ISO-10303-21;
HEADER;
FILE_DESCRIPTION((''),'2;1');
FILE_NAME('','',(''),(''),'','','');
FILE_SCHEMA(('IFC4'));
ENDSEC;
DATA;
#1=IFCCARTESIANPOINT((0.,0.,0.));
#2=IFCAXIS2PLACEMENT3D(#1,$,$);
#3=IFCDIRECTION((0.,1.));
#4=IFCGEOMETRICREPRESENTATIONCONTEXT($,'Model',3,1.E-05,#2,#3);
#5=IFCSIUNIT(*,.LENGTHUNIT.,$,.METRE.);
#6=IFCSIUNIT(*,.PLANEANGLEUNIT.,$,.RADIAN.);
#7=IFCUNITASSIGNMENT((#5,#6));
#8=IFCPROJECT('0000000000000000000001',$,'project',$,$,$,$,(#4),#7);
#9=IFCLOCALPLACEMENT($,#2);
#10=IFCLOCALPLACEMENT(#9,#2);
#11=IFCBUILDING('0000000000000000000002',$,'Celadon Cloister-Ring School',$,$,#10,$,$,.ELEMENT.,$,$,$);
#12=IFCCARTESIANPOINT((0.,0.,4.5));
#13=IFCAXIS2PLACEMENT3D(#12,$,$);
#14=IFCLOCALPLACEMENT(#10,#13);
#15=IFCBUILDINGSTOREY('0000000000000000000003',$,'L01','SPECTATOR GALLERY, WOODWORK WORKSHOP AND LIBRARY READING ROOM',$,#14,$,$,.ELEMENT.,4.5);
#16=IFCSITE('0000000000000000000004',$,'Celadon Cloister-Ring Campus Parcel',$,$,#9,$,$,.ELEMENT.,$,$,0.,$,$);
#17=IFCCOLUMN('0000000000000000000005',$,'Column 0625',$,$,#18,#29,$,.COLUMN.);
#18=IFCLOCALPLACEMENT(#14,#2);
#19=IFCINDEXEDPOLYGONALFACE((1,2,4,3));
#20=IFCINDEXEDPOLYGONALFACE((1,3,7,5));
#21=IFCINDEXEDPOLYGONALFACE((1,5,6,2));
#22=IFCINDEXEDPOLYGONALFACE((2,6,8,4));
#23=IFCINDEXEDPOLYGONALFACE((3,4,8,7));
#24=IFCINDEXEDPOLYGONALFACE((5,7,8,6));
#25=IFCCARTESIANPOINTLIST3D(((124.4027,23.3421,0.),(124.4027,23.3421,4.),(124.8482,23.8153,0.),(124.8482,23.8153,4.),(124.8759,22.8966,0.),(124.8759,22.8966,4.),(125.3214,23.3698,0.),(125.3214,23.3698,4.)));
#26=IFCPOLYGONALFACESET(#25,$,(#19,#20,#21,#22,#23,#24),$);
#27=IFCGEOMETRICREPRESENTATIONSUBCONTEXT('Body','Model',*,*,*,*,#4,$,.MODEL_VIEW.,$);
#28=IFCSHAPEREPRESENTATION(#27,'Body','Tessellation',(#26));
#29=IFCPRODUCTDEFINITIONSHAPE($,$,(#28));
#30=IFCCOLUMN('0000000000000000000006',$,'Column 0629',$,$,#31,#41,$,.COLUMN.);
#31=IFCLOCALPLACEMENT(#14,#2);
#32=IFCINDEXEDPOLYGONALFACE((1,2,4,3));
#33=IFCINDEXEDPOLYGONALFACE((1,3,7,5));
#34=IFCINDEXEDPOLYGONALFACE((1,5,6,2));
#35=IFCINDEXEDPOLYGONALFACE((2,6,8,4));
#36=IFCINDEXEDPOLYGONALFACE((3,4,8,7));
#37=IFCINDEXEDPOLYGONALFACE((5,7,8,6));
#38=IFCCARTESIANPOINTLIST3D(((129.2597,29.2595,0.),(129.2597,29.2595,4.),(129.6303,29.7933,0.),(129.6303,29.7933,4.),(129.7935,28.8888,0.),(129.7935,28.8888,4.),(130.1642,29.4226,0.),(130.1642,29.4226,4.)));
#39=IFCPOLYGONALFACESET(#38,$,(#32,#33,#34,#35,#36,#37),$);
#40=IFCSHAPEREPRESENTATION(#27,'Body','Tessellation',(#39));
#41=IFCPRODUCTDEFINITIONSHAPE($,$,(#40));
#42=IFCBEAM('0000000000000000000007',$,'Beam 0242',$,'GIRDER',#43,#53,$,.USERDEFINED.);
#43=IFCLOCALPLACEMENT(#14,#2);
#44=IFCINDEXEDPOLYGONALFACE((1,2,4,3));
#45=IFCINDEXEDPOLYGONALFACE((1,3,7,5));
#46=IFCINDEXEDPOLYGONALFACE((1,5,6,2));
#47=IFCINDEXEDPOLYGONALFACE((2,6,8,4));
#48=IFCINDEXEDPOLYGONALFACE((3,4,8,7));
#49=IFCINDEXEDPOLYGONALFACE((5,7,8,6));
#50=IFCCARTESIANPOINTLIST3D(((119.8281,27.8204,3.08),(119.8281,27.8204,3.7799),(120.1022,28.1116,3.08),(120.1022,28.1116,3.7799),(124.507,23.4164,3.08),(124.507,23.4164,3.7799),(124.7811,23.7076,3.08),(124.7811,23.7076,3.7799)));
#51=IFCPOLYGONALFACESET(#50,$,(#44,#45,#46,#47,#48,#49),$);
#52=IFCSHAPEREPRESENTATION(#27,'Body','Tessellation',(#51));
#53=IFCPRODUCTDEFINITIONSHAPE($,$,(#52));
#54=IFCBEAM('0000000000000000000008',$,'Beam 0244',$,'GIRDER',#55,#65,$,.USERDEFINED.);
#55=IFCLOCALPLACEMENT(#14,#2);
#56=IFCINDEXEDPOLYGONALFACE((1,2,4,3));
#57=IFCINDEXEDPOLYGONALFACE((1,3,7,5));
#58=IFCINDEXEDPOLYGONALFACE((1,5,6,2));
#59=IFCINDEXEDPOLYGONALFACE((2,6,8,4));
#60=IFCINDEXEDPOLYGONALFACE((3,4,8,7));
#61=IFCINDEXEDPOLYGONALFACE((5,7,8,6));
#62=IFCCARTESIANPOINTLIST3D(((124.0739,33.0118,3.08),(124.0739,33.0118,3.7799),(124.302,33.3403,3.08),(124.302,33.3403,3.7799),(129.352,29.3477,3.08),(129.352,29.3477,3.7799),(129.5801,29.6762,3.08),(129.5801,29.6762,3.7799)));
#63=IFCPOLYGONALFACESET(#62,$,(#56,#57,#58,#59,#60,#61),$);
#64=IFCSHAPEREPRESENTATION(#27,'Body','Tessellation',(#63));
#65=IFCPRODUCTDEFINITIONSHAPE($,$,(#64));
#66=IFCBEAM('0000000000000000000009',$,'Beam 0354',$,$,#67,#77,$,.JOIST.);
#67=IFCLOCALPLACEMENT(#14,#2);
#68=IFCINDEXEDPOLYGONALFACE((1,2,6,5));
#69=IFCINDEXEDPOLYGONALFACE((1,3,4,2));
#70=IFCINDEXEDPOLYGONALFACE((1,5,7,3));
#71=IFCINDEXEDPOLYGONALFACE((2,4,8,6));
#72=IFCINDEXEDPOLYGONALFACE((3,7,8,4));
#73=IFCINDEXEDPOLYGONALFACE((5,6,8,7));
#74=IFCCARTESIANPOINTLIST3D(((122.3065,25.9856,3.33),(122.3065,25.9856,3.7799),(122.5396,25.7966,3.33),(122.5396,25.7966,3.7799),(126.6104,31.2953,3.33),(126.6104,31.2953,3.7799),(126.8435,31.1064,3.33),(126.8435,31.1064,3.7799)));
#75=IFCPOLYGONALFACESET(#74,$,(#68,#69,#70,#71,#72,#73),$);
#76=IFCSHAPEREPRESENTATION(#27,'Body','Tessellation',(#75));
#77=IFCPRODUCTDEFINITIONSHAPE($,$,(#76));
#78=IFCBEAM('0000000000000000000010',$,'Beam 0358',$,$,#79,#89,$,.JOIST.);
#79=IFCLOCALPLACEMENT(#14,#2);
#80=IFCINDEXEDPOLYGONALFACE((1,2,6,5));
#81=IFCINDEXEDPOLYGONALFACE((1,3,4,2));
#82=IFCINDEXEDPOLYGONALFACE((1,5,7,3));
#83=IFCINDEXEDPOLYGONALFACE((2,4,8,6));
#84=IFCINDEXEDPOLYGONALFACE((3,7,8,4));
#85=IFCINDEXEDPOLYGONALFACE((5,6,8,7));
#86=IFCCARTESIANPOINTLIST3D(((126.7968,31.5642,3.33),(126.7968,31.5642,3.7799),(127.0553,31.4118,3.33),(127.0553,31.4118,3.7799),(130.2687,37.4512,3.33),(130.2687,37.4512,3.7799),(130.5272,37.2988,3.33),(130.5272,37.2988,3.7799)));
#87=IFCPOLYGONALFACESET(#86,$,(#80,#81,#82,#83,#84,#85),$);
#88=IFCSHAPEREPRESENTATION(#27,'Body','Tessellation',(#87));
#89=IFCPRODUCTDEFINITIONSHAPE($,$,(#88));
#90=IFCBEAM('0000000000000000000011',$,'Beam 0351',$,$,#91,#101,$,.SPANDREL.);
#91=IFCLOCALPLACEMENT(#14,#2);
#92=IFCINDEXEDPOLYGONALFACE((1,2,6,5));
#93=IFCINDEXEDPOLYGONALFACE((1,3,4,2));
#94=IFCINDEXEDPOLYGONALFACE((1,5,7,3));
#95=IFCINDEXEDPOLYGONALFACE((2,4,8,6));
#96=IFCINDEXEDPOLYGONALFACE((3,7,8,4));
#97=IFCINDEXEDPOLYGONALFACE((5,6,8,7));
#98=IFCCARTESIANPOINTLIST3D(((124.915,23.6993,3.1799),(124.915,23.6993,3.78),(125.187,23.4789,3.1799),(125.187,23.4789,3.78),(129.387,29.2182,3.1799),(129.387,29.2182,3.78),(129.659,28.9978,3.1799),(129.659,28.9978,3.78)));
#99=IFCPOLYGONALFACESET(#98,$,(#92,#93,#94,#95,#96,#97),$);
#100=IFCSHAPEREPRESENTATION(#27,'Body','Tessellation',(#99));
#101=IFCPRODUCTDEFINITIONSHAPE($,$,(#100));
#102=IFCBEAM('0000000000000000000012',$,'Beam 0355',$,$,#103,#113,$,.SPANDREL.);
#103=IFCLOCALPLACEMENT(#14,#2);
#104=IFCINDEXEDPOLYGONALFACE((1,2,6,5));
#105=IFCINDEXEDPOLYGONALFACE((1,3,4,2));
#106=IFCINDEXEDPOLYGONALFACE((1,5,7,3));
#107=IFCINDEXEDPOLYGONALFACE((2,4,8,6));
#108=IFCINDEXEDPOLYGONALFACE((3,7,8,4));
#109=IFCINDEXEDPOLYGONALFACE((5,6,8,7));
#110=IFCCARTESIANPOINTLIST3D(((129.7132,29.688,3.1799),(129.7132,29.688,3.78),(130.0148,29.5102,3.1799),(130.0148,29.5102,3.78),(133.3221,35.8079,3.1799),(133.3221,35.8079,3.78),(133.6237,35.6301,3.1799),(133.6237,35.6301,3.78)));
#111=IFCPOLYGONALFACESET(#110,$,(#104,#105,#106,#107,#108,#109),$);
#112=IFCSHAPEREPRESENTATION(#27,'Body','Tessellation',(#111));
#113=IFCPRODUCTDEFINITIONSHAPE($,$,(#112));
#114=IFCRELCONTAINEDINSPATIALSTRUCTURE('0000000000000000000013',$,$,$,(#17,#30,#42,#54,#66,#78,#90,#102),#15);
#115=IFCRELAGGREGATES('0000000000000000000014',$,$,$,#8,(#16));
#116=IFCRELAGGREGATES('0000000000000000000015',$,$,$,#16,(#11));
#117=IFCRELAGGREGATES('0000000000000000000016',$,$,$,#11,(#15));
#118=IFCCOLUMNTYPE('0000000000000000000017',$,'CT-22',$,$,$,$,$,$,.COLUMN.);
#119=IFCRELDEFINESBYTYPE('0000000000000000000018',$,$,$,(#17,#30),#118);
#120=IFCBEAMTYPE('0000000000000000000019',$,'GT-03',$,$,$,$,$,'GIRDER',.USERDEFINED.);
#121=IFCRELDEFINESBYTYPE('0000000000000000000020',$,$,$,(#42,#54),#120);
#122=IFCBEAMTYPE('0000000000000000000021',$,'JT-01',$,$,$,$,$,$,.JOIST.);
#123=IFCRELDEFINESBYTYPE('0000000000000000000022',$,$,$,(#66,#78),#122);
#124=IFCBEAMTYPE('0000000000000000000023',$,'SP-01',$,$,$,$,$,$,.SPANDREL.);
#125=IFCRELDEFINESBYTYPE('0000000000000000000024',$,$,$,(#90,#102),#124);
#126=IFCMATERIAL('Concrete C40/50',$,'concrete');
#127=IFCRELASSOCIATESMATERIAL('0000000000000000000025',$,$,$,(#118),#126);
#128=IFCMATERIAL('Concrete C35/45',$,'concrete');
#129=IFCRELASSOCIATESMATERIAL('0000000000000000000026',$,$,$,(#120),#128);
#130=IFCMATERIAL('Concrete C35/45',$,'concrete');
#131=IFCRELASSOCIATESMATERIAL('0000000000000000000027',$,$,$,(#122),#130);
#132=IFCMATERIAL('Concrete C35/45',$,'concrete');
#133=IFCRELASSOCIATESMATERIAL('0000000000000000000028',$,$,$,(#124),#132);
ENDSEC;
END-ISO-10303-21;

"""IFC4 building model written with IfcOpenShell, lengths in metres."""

from ifc_helpers import new_model, si_unit, direction, frame, origin, origin_2d, place, context, subcontext, project, spatial, rectangle, extrude, material, material_profile, profile_set, type_object, element, save


model = new_model("IFC4")

# Units and contexts
model_context = context("Model", 3, precision=1e-05, world=origin(), true_north=direction((0.0, 1.0)))
body_context = subcontext(model_context, "Body", "Model", "MODEL_VIEW")
ifc_project = project(units=[si_unit("LENGTHUNIT", "METRE"), si_unit("PLANEANGLEUNIT", "RADIAN")], contexts=[model_context])

# Site, building, storey
site_placement = place(None, origin())
site = spatial("IfcSite", under=ifc_project, at=site_placement, Name="Celadon Cloister-Ring Campus Parcel", CompositionType="ELEMENT", RefElevation=0.0)
building_placement = place(site_placement, origin())
building = spatial("IfcBuilding", under=site, at=building_placement, Name="Celadon Cloister-Ring School", CompositionType="ELEMENT")
storey_placement = place(building_placement, frame((0.0, 0.0, 4.5)))
storey = spatial("IfcBuildingStorey", under=building, at=storey_placement, Name="L01", Description="SPECTATOR GALLERY, WOODWORK WORKSHOP AND LIBRARY READING ROOM", CompositionType="ELEMENT", Elevation=4.5)

# Columns
ifc_material_1 = material(Name="Concrete C40/50", Category="concrete")
ifc_material_profile_1 = material_profile(ifc_material_1, rectangle(XDim=0.6499, YDim=0.6499, at=origin_2d()), Name="RC650X650")
ifc_profile_set_1 = profile_set([ifc_material_profile_1], Name="Concrete C40/50")
column_type = type_object("IfcColumnType", Name="CT-22", PredefinedType="COLUMN", material=ifc_profile_set_1)
for number, where, z_axis, x_axis, name in (
    (1, (124.8621, 23.356, 0.0), (0.0, 0.0, 1.0), (0.728108, -0.685463, 0.0), "Column 0625"),
    (2, (129.7119, 29.3411, 0.0), (0.0, 0.0, 1.0), (0.821388, -0.57037, 0.0), "Column 0629"),
):
    element("IfcColumn", number, at=place(storey_placement, frame(where, z_axis=z_axis, x_axis=x_axis)), inside=storey, type_object=column_type, Name=name, PredefinedType="COLUMN", context=body_context, shape_type="SweptSolid", body=[
        extrude(rectangle(XDim=0.6499, YDim=0.6499, at=origin_2d()), origin(), (0.0, 0.0, 1.0), 4.0),
    ])

# Beams
ifc_material_2 = material(Name="Concrete C35/45", Category="concrete")
ifc_material_profile_2 = material_profile(ifc_material_2, rectangle(XDim=0.3999, YDim=0.7, at=origin_2d()), Name="RC400X700")
ifc_profile_set_2 = profile_set([ifc_material_profile_2], Name="Concrete C35/45")
beam_type_1 = type_object("IfcBeamType", Name="GT-03", ElementType="GIRDER", PredefinedType="USERDEFINED", material=ifc_profile_set_2)
beam_1_placement = place(storey_placement, frame((124.644, 23.562, 3.4299), z_axis=(-0.728174, 0.685392, 0.0), x_axis=(-0.685392, -0.728174, 0.0)))
element("IfcBeam", 3, at=beam_1_placement, inside=storey, type_object=beam_type_1, Name="Beam 0242", ObjectType="GIRDER", PredefinedType="USERDEFINED", context=body_context, shape_type="SweptSolid", body=[
    extrude(rectangle(XDim=0.3999, YDim=0.7, at=origin_2d()), origin(), (0.0, 0.0, 1.0), 6.4255),
])
beam_2_placement = place(storey_placement, frame((129.4661, 29.512, 3.4299), z_axis=(-0.821462, 0.570263, 0.0), x_axis=(-0.570263, -0.821462, 0.0)))
element("IfcBeam", 4, at=beam_2_placement, inside=storey, type_object=beam_type_1, Name="Beam 0244", ObjectType="GIRDER", PredefinedType="USERDEFINED", context=body_context, shape_type="SweptSolid", body=[
    extrude(rectangle(XDim=0.3999, YDim=0.7, at=origin_2d()), origin(), (0.0, 0.0, 1.0), 6.4253),
])
ifc_material_3 = material(Name="Concrete C35/45", Category="concrete")
ifc_material_profile_3 = material_profile(ifc_material_3, rectangle(XDim=0.3, YDim=0.45, at=origin_2d()), Name="RC300X450")
ifc_profile_set_3 = profile_set([ifc_material_profile_3], Name="Concrete C35/45")
beam_type_2 = type_object("IfcBeamType", Name="JT-01", PredefinedType="JOIST", material=ifc_profile_set_3)
beam_3_placement = place(storey_placement, frame((122.4231, 25.8911, 3.5549), z_axis=(0.629687, 0.776849, 0.0), x_axis=(-0.776849, 0.629687, 0.0)))
element("IfcBeam", 5, at=beam_3_placement, inside=storey, type_object=beam_type_2, Name="Beam 0354", PredefinedType="JOIST", context=body_context, shape_type="SweptSolid", body=[
    extrude(rectangle(XDim=0.3, YDim=0.45, at=origin_2d()), origin(), (0.0, 0.0, 1.0), 6.835),
])
beam_4_placement = place(storey_placement, frame((126.926, 31.488, 3.5549), z_axis=(0.507999, 0.861358, 0.0), x_axis=(-0.861358, 0.507999, 0.0)))
element("IfcBeam", 6, at=beam_4_placement, inside=storey, type_object=beam_type_2, Name="Beam 0358", PredefinedType="JOIST", context=body_context, shape_type="SweptSolid", body=[
    extrude(rectangle(XDim=0.3, YDim=0.45, at=origin_2d()), origin(), (0.0, 0.0, 1.0), 6.8345),
])
ifc_material_4 = material(Name="Concrete C35/45", Category="concrete")
ifc_material_profile_4 = material_profile(ifc_material_4, rectangle(XDim=0.3501, YDim=0.6001, at=origin_2d()), Name="RC350X600")
ifc_profile_set_4 = profile_set([ifc_material_profile_4], Name="Concrete C35/45")
beam_type_3 = type_object("IfcBeamType", Name="SP-01", PredefinedType="SPANDREL", material=ifc_profile_set_4)
beam_5_placement = place(storey_placement, frame((125.051, 23.5891, 3.48), z_axis=(0.629566, 0.776947, 0.0), x_axis=(-0.776947, 0.629566, 0.0)))
element("IfcBeam", 7, at=beam_5_placement, inside=storey, type_object=beam_type_3, Name="Beam 0351", PredefinedType="SPANDREL", context=body_context, shape_type="SweptSolid", body=[
    extrude(rectangle(XDim=0.3501, YDim=0.6001, at=origin_2d()), origin(), (0.0, 0.0, 1.0), 7.1033),
])
beam_6_placement = place(storey_placement, frame((129.864, 29.5991, 3.48), z_axis=(0.507957, 0.861382, 0.0), x_axis=(-0.861382, 0.507957, 0.0)))
element("IfcBeam", 8, at=beam_6_placement, inside=storey, type_object=beam_type_3, Name="Beam 0355", PredefinedType="SPANDREL", context=body_context, shape_type="SweptSolid", body=[
    extrude(rectangle(XDim=0.3501, YDim=0.6001, at=origin_2d()), origin(), (0.0, 0.0, 1.0), 7.1047),
])

save(model, "model.ifc")
